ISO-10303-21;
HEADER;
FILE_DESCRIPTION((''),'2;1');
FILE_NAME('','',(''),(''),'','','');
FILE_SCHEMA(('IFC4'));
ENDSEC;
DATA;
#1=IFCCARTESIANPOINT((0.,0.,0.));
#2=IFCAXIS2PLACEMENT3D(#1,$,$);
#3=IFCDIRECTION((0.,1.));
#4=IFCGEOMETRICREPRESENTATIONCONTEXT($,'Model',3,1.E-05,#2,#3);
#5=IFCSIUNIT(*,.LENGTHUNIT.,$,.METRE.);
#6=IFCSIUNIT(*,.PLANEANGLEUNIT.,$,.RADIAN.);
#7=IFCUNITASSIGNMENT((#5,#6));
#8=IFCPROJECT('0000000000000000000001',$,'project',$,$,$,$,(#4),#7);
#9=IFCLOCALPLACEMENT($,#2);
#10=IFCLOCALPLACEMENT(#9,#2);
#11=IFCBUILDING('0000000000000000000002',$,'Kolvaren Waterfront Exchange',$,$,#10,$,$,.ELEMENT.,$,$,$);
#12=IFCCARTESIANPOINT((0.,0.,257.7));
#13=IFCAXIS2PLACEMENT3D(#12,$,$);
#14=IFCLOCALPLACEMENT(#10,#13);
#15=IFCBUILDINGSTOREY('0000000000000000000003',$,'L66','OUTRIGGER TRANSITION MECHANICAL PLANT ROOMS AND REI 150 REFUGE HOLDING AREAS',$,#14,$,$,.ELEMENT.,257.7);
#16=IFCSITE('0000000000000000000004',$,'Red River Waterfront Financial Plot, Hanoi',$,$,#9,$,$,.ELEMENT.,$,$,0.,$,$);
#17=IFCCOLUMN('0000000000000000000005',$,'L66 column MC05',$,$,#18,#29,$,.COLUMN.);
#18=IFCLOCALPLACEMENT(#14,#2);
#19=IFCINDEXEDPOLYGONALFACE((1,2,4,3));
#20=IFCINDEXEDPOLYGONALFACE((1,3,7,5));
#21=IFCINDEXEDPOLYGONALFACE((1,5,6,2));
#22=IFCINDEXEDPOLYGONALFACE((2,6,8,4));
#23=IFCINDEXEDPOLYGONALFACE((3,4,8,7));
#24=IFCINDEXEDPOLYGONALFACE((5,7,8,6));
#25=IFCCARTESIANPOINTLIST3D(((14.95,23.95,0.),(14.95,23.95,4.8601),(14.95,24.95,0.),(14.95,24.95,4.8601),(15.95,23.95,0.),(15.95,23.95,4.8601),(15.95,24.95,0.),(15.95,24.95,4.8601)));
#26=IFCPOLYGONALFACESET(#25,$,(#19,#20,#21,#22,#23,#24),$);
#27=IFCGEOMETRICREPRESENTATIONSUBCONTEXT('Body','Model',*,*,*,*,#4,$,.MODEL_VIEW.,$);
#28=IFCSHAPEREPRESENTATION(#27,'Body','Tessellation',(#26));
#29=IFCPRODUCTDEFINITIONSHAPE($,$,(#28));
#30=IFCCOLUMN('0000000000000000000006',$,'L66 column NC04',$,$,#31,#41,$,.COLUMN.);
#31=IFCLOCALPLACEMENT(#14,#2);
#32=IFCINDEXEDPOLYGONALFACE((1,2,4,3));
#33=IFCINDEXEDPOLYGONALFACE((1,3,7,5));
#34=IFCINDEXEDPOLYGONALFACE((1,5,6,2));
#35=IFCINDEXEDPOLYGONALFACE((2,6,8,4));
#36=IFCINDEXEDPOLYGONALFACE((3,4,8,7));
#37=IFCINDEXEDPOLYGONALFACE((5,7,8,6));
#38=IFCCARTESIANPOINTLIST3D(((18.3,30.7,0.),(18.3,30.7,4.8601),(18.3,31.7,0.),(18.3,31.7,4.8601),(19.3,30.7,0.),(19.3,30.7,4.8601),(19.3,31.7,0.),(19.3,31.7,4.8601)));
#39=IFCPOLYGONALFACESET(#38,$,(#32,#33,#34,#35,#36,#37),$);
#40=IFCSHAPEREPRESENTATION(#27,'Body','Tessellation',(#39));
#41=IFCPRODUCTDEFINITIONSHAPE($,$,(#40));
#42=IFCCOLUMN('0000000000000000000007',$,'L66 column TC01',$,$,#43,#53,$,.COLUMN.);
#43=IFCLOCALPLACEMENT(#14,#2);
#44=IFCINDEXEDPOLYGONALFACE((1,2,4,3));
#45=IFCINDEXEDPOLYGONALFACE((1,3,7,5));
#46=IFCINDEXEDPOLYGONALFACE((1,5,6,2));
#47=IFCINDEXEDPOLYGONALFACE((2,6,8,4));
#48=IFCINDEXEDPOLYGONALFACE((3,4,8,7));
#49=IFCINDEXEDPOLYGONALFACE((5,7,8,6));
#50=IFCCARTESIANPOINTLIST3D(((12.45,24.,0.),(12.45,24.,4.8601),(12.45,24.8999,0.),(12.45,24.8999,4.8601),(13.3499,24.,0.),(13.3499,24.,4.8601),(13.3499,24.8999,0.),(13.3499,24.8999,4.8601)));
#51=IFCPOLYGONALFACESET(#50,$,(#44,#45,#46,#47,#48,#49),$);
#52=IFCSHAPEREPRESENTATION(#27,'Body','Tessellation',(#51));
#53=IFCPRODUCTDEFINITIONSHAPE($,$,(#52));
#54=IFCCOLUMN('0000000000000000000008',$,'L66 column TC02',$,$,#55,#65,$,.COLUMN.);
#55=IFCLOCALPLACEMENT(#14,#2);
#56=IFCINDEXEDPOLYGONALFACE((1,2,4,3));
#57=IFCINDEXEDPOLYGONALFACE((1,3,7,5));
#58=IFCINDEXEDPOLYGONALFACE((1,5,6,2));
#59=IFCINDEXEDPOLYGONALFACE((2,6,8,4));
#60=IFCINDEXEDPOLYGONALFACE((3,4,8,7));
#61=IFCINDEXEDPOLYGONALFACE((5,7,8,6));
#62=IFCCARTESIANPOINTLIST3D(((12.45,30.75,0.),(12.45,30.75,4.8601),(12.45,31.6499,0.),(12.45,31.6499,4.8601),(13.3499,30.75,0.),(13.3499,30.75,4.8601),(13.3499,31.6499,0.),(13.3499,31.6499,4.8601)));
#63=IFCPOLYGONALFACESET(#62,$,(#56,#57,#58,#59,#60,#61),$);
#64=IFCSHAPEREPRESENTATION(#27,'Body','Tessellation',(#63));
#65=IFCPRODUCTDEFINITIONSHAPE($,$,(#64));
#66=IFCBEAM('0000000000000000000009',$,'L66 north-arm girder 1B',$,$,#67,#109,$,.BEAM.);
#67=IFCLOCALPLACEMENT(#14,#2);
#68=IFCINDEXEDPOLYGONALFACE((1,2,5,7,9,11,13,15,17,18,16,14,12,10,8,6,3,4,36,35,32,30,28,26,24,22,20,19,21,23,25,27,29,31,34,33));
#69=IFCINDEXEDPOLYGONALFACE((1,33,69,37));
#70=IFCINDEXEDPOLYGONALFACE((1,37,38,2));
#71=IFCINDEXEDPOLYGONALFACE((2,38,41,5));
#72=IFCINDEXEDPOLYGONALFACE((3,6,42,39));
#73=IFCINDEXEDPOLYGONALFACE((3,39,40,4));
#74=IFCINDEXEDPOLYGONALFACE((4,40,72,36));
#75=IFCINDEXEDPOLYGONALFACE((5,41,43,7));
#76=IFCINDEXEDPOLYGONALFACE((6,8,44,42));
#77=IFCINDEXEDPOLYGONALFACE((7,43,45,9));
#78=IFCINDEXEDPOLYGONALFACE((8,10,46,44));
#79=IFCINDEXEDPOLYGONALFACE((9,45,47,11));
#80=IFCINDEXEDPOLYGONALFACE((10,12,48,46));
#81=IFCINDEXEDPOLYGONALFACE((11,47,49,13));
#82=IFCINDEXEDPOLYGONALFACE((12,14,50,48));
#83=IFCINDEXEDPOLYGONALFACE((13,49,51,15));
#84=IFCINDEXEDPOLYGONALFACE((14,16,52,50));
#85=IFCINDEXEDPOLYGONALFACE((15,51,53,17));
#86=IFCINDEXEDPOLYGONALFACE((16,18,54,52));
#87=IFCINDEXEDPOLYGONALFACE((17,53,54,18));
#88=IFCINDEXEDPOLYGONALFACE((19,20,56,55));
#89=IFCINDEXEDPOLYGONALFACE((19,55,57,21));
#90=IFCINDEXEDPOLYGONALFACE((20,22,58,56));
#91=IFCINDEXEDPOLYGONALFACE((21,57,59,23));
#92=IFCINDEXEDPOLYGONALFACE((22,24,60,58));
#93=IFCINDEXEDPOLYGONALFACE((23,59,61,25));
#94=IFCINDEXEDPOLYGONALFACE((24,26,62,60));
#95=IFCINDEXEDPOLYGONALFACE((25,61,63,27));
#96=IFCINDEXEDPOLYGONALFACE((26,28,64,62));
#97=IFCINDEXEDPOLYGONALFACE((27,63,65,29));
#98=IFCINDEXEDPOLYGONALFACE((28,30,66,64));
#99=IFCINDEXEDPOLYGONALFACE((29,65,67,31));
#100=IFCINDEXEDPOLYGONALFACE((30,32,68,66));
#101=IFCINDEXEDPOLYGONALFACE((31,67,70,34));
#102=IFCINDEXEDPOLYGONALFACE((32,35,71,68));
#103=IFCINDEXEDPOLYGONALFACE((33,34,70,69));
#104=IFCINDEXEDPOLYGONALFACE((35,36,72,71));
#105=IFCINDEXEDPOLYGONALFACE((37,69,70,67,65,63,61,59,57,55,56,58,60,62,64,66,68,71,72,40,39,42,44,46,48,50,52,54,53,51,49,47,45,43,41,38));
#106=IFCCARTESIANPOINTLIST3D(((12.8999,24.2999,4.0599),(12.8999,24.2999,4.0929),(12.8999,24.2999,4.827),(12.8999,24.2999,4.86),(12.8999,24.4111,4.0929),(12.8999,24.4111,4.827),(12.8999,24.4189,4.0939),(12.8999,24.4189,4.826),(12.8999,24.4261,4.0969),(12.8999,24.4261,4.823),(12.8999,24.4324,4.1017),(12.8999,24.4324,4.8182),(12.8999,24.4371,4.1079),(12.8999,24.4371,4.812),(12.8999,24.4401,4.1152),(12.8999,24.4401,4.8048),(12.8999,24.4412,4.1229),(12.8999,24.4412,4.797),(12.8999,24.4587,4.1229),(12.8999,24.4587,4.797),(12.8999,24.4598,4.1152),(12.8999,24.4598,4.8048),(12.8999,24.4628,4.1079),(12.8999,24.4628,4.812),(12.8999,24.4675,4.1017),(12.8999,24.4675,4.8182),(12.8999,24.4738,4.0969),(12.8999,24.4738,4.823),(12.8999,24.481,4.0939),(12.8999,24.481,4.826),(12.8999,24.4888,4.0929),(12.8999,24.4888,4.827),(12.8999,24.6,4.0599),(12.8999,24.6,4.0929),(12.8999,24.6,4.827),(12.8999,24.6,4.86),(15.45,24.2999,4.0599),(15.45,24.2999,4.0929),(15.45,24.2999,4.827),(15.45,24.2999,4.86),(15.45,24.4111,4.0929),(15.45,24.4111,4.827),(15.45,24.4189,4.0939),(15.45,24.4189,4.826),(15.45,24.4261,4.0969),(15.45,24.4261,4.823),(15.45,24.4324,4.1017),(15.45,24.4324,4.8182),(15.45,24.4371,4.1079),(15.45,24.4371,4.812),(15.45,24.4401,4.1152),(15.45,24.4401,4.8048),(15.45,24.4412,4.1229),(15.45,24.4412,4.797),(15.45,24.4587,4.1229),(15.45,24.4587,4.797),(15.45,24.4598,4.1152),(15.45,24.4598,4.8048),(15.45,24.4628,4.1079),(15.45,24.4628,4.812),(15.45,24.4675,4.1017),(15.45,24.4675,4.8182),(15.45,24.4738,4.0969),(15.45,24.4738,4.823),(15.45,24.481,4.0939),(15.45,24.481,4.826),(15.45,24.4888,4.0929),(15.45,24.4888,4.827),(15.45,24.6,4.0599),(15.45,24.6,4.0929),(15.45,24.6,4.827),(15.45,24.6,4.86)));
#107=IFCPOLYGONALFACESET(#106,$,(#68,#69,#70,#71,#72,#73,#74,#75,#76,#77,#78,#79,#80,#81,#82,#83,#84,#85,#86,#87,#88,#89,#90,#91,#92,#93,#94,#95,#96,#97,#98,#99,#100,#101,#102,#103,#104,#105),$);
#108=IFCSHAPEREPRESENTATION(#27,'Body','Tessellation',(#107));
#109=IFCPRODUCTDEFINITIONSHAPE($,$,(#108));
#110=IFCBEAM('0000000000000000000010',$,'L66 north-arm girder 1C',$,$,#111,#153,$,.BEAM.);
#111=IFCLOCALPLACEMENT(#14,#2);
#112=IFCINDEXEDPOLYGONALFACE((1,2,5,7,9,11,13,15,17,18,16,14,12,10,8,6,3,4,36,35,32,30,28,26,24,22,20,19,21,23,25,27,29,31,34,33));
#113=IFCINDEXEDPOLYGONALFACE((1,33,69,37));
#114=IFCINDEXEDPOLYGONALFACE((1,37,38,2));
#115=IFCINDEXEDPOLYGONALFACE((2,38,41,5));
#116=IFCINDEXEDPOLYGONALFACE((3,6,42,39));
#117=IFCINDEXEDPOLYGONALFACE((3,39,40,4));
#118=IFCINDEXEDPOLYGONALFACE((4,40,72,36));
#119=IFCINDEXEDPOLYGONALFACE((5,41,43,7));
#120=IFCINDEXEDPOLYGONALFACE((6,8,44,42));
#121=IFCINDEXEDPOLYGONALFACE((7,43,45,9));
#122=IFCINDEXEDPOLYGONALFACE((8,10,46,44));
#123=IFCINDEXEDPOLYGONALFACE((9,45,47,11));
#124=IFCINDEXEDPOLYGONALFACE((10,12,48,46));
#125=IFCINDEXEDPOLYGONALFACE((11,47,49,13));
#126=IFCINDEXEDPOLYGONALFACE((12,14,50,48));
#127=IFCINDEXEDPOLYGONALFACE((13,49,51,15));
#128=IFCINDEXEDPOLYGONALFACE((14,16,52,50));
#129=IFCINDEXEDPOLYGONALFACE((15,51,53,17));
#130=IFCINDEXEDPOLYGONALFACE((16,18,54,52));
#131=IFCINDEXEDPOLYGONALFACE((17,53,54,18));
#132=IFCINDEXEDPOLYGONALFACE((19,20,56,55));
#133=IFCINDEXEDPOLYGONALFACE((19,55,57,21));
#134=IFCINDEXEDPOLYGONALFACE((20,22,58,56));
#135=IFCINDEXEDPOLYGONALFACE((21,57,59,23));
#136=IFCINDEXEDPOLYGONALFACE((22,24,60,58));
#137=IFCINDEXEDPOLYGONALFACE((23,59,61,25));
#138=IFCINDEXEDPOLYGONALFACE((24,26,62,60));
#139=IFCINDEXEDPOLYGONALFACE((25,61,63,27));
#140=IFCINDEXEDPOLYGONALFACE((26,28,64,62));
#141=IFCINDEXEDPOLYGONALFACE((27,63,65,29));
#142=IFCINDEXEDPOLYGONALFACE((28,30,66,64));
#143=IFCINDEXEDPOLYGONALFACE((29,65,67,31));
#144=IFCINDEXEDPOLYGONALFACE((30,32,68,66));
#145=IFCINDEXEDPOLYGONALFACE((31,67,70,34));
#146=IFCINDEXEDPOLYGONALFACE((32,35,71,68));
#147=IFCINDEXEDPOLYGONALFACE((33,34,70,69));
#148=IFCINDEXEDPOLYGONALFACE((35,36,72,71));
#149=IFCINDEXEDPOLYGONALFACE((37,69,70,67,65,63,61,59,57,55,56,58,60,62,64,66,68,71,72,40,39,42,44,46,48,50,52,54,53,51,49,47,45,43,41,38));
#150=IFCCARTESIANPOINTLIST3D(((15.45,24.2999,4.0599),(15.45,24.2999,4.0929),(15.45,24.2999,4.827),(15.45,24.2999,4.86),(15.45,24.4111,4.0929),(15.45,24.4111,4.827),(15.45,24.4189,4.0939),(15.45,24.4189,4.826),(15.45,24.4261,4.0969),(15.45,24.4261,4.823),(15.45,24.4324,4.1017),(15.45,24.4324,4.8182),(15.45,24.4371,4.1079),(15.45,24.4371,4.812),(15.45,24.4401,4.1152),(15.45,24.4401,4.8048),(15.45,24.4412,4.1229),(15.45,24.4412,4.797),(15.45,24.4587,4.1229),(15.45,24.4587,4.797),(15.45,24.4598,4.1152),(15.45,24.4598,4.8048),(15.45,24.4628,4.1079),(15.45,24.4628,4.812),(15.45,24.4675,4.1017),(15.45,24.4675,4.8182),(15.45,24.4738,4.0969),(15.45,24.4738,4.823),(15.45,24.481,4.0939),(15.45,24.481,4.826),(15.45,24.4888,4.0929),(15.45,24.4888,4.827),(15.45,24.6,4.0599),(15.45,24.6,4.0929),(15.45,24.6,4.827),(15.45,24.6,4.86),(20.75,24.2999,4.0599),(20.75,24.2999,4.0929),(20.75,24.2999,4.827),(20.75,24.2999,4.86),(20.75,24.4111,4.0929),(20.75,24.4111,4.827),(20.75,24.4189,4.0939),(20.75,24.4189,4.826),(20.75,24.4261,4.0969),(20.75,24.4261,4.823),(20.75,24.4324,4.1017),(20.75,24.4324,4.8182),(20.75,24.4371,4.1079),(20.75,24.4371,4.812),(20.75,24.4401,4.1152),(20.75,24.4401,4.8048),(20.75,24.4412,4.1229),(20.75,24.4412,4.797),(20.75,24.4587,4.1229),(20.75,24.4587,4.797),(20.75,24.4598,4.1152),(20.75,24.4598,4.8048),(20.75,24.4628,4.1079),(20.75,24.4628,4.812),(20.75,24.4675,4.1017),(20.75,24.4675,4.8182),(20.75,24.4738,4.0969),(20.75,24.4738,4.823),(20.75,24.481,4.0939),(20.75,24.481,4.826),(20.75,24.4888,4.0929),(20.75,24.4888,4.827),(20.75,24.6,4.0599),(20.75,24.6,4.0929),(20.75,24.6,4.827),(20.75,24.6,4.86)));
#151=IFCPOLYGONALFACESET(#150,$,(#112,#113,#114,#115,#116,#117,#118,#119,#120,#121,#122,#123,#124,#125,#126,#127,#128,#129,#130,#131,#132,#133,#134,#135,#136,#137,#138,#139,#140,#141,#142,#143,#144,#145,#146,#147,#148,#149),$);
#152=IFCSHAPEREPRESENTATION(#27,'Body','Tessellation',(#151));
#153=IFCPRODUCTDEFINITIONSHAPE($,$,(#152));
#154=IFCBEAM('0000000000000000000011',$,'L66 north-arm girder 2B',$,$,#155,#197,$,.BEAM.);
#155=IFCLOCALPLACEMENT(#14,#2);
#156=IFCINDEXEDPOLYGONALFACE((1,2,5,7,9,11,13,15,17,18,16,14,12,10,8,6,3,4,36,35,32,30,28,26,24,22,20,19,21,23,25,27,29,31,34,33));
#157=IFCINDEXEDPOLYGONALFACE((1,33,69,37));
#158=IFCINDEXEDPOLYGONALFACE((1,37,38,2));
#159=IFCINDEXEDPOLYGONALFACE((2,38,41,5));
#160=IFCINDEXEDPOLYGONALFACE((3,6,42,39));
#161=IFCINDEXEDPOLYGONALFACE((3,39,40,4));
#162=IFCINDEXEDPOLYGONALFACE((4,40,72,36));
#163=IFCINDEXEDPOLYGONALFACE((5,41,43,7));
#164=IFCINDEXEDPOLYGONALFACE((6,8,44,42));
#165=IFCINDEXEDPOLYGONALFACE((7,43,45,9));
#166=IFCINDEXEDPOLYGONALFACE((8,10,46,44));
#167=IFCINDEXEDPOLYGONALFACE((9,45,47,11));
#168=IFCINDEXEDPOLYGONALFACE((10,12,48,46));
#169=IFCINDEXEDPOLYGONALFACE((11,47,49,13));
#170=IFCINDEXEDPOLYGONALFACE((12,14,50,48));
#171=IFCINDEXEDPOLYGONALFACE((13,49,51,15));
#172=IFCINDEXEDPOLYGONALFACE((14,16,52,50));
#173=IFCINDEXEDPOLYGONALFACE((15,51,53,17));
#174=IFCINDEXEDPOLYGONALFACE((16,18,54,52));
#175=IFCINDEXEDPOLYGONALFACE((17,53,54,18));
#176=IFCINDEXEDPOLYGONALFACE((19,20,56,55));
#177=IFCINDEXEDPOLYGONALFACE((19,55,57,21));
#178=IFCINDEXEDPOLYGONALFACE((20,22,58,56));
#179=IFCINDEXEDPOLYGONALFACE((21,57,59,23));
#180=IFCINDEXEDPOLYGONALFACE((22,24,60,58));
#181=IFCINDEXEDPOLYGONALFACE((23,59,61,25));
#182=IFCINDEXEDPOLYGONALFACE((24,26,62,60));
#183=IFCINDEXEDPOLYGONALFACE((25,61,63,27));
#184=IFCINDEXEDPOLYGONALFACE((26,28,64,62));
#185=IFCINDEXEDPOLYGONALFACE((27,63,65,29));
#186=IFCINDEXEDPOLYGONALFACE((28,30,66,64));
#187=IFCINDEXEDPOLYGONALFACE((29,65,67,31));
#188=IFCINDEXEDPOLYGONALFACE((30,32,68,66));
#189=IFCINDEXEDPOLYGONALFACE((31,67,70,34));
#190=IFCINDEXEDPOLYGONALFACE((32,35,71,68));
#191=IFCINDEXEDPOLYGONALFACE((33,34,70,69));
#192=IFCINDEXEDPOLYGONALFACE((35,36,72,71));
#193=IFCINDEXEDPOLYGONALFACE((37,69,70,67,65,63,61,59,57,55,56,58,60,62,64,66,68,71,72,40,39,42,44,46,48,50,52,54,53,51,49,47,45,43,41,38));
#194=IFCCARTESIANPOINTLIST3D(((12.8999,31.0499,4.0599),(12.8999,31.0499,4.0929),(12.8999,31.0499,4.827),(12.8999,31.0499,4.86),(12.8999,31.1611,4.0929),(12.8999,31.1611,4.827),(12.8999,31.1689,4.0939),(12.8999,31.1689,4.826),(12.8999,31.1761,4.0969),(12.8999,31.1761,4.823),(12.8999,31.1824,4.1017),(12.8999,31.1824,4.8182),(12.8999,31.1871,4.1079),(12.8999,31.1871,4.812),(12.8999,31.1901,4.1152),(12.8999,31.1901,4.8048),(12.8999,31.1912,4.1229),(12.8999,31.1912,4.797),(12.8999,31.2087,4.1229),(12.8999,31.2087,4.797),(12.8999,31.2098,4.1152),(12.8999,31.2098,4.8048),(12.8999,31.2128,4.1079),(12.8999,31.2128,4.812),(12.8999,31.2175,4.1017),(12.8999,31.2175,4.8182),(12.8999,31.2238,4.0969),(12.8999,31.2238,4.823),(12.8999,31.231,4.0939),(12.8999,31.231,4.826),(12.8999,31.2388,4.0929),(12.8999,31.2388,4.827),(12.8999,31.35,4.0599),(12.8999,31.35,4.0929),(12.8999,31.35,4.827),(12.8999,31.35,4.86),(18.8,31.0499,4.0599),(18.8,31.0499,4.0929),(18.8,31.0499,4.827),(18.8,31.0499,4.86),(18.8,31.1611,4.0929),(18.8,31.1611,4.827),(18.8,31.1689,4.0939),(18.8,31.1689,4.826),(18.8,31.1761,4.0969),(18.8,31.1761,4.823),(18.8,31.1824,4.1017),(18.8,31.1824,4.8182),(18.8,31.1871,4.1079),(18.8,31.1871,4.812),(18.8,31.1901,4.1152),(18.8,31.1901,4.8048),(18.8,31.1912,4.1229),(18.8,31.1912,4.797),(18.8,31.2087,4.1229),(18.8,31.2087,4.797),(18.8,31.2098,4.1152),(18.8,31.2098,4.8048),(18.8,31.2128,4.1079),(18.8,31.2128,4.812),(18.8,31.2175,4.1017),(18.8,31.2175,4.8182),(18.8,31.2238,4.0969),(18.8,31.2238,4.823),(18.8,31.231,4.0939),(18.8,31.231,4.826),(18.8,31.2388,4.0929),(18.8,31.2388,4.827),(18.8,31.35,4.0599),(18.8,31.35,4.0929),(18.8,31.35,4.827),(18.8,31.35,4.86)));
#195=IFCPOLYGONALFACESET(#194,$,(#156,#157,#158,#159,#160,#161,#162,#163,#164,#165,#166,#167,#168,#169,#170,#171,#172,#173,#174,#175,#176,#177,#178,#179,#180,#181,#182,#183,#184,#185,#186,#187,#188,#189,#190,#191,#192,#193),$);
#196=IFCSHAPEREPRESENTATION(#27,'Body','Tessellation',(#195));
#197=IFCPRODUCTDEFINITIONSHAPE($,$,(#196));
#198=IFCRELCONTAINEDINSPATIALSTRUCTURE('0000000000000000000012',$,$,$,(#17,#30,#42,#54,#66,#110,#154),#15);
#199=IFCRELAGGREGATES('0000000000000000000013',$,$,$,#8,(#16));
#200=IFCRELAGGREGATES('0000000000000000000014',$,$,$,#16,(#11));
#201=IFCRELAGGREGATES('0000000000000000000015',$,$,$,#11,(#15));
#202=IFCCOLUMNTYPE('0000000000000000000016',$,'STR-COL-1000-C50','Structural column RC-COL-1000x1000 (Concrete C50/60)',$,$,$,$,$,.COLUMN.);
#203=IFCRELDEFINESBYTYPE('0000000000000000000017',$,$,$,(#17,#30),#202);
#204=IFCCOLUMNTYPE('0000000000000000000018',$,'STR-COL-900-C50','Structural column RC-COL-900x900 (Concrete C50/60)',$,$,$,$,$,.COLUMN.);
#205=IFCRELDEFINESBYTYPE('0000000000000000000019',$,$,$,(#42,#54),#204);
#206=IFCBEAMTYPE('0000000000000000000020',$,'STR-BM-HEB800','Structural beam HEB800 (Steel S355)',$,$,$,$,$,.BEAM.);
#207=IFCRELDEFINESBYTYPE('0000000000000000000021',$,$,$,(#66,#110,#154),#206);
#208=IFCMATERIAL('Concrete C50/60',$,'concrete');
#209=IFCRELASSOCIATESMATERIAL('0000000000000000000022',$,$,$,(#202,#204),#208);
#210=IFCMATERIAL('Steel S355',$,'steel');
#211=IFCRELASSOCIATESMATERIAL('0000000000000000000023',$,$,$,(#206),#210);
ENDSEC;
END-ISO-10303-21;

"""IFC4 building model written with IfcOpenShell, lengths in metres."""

from ifc_helpers import new_model, si_unit, direction, frame, origin, origin_2d, place, context, subcontext, project, spatial, rectangle, i_section, extrude, material, material_profile, profile_set, type_object, element, save


model = new_model("IFC4")

# Units and contexts
model_context = context("Model", 3, precision=1e-05, world=origin(), true_north=direction((0.0, 1.0)))
body_context = subcontext(model_context, "Body", "Model", "MODEL_VIEW")
ifc_project = project(units=[si_unit("LENGTHUNIT", "METRE"), si_unit("PLANEANGLEUNIT", "RADIAN")], contexts=[model_context])

# Site, building, storey
site_placement = place(None, origin())
site = spatial("IfcSite", under=ifc_project, at=site_placement, Name="Red River Waterfront Financial Plot, Hanoi", CompositionType="ELEMENT", RefElevation=0.0)
building_placement = place(site_placement, origin())
building = spatial("IfcBuilding", under=site, at=building_placement, Name="Kolvaren Waterfront Exchange", CompositionType="ELEMENT")
storey_placement = place(building_placement, frame((0.0, 0.0, 257.7)))
storey = spatial("IfcBuildingStorey", under=building, at=storey_placement, Name="L66", Description="OUTRIGGER TRANSITION MECHANICAL PLANT ROOMS AND REI 150 REFUGE HOLDING AREAS", CompositionType="ELEMENT", Elevation=257.7)

# Columns
ifc_material_1 = material(Name="Concrete C50/60", Category="concrete")
ifc_material_profile_1 = material_profile(ifc_material_1, rectangle(XDim=1.0, YDim=1.0, at=origin_2d()), Name="RC-COL-1000x1000")
ifc_profile_set_1 = profile_set([ifc_material_profile_1], Name="Concrete C50/60")
column_type_1 = type_object("IfcColumnType", Name="STR-COL-1000-C50", Description="Structural column RC-COL-1000x1000 (Concrete C50/60)", PredefinedType="COLUMN", material=ifc_profile_set_1)
for number, where, z_axis, x_axis, name in (
    (1, (15.45, 24.45, 0.0), (0.0, 0.0, 1.0), (1.0, 0.0, 0.0), "L66 column MC05"),
    (2, (18.8, 31.2, 0.0), (0.0, 0.0, 1.0), (1.0, 0.0, 0.0), "L66 column NC04"),
):
    element("IfcColumn", number, at=place(storey_placement, frame(where, z_axis=z_axis, x_axis=x_axis)), inside=storey, type_object=column_type_1, Name=name, PredefinedType="COLUMN", context=body_context, shape_type="SweptSolid", body=[
        extrude(rectangle(XDim=1.0, YDim=1.0, at=origin_2d()), origin(), (0.0, 0.0, 1.0), 4.8601),
    ])
ifc_material_profile_2 = material_profile(ifc_material_1, rectangle(XDim=0.8999, YDim=0.8999, at=origin_2d()), Name="RC-COL-900x900")
ifc_profile_set_2 = profile_set([ifc_material_profile_2], Name="Concrete C50/60")
column_type_2 = type_object("IfcColumnType", Name="STR-COL-900-C50", Description="Structural column RC-COL-900x900 (Concrete C50/60)", PredefinedType="COLUMN", material=ifc_profile_set_2)
for number, where, z_axis, x_axis, name in (
    (3, (12.8999, 24.45, 0.0), (0.0, 0.0, 1.0), (1.0, 0.0, 0.0), "L66 column TC01"),
    (4, (12.8999, 31.2, 0.0), (0.0, 0.0, 1.0), (1.0, 0.0, 0.0), "L66 column TC02"),
):
    element("IfcColumn", number, at=place(storey_placement, frame(where, z_axis=z_axis, x_axis=x_axis)), inside=storey, type_object=column_type_2, Name=name, PredefinedType="COLUMN", context=body_context, shape_type="SweptSolid", body=[
        extrude(rectangle(XDim=0.8999, YDim=0.8999, at=origin_2d()), origin(), (0.0, 0.0, 1.0), 4.8601),
    ])

# Beams
ifc_material_2 = material(Name="Steel S355", Category="steel")
ifc_material_profile_3 = material_profile(ifc_material_2, i_section(OverallWidth=0.3, OverallDepth=0.8, WebThickness=0.0176, FlangeThickness=0.033, FilletRadius=0.03, at=origin_2d()), Name="HEB800")
ifc_profile_set_3 = profile_set([ifc_material_profile_3], Name="Steel S355")
beam_type_1 = type_object("IfcBeamType", Name="STR-BM-HEB800", Description="Structural beam HEB800 (Steel S355)", PredefinedType="BEAM", material=ifc_profile_set_3)
beam_1_placement = place(storey_placement, frame((12.8999, 24.45, 4.46), z_axis=(1.0, 0.0, 0.0), x_axis=(0.0, 1.0, 0.0)))
element("IfcBeam", 5, at=beam_1_placement, inside=storey, type_object=beam_type_1, Name="L66 north-arm girder 1B", PredefinedType="BEAM", context=body_context, shape_type="SweptSolid", body=[
    extrude(i_section(OverallWidth=0.3, OverallDepth=0.8, WebThickness=0.0176, FlangeThickness=0.033, FilletRadius=0.03, at=origin_2d()), origin(), (0.0, 0.0, 1.0), 2.55),
])
beam_2_placement = place(storey_placement, frame((15.45, 24.45, 4.46), z_axis=(1.0, 0.0, 0.0), x_axis=(0.0, 1.0, 0.0)))
element("IfcBeam", 6, at=beam_2_placement, inside=storey, type_object=beam_type_1, Name="L66 north-arm girder 1C", PredefinedType="BEAM", context=body_context, shape_type="SweptSolid", body=[
    extrude(i_section(OverallWidth=0.3, OverallDepth=0.8, WebThickness=0.0176, FlangeThickness=0.033, FilletRadius=0.03, at=origin_2d()), origin(), (0.0, 0.0, 1.0), 5.3),
])
beam_3_placement = place(storey_placement, frame((12.8999, 31.2, 4.46), z_axis=(1.0, 0.0, 0.0), x_axis=(0.0, 1.0, 0.0)))
element("IfcBeam", 7, at=beam_3_placement, inside=storey, type_object=beam_type_1, Name="L66 north-arm girder 2B", PredefinedType="BEAM", context=body_context, shape_type="SweptSolid", body=[
    extrude(i_section(OverallWidth=0.3, OverallDepth=0.8, WebThickness=0.0176, FlangeThickness=0.033, FilletRadius=0.03, at=origin_2d()), origin(), (0.0, 0.0, 1.0), 5.9001),
])

save(model, "model.ifc")
